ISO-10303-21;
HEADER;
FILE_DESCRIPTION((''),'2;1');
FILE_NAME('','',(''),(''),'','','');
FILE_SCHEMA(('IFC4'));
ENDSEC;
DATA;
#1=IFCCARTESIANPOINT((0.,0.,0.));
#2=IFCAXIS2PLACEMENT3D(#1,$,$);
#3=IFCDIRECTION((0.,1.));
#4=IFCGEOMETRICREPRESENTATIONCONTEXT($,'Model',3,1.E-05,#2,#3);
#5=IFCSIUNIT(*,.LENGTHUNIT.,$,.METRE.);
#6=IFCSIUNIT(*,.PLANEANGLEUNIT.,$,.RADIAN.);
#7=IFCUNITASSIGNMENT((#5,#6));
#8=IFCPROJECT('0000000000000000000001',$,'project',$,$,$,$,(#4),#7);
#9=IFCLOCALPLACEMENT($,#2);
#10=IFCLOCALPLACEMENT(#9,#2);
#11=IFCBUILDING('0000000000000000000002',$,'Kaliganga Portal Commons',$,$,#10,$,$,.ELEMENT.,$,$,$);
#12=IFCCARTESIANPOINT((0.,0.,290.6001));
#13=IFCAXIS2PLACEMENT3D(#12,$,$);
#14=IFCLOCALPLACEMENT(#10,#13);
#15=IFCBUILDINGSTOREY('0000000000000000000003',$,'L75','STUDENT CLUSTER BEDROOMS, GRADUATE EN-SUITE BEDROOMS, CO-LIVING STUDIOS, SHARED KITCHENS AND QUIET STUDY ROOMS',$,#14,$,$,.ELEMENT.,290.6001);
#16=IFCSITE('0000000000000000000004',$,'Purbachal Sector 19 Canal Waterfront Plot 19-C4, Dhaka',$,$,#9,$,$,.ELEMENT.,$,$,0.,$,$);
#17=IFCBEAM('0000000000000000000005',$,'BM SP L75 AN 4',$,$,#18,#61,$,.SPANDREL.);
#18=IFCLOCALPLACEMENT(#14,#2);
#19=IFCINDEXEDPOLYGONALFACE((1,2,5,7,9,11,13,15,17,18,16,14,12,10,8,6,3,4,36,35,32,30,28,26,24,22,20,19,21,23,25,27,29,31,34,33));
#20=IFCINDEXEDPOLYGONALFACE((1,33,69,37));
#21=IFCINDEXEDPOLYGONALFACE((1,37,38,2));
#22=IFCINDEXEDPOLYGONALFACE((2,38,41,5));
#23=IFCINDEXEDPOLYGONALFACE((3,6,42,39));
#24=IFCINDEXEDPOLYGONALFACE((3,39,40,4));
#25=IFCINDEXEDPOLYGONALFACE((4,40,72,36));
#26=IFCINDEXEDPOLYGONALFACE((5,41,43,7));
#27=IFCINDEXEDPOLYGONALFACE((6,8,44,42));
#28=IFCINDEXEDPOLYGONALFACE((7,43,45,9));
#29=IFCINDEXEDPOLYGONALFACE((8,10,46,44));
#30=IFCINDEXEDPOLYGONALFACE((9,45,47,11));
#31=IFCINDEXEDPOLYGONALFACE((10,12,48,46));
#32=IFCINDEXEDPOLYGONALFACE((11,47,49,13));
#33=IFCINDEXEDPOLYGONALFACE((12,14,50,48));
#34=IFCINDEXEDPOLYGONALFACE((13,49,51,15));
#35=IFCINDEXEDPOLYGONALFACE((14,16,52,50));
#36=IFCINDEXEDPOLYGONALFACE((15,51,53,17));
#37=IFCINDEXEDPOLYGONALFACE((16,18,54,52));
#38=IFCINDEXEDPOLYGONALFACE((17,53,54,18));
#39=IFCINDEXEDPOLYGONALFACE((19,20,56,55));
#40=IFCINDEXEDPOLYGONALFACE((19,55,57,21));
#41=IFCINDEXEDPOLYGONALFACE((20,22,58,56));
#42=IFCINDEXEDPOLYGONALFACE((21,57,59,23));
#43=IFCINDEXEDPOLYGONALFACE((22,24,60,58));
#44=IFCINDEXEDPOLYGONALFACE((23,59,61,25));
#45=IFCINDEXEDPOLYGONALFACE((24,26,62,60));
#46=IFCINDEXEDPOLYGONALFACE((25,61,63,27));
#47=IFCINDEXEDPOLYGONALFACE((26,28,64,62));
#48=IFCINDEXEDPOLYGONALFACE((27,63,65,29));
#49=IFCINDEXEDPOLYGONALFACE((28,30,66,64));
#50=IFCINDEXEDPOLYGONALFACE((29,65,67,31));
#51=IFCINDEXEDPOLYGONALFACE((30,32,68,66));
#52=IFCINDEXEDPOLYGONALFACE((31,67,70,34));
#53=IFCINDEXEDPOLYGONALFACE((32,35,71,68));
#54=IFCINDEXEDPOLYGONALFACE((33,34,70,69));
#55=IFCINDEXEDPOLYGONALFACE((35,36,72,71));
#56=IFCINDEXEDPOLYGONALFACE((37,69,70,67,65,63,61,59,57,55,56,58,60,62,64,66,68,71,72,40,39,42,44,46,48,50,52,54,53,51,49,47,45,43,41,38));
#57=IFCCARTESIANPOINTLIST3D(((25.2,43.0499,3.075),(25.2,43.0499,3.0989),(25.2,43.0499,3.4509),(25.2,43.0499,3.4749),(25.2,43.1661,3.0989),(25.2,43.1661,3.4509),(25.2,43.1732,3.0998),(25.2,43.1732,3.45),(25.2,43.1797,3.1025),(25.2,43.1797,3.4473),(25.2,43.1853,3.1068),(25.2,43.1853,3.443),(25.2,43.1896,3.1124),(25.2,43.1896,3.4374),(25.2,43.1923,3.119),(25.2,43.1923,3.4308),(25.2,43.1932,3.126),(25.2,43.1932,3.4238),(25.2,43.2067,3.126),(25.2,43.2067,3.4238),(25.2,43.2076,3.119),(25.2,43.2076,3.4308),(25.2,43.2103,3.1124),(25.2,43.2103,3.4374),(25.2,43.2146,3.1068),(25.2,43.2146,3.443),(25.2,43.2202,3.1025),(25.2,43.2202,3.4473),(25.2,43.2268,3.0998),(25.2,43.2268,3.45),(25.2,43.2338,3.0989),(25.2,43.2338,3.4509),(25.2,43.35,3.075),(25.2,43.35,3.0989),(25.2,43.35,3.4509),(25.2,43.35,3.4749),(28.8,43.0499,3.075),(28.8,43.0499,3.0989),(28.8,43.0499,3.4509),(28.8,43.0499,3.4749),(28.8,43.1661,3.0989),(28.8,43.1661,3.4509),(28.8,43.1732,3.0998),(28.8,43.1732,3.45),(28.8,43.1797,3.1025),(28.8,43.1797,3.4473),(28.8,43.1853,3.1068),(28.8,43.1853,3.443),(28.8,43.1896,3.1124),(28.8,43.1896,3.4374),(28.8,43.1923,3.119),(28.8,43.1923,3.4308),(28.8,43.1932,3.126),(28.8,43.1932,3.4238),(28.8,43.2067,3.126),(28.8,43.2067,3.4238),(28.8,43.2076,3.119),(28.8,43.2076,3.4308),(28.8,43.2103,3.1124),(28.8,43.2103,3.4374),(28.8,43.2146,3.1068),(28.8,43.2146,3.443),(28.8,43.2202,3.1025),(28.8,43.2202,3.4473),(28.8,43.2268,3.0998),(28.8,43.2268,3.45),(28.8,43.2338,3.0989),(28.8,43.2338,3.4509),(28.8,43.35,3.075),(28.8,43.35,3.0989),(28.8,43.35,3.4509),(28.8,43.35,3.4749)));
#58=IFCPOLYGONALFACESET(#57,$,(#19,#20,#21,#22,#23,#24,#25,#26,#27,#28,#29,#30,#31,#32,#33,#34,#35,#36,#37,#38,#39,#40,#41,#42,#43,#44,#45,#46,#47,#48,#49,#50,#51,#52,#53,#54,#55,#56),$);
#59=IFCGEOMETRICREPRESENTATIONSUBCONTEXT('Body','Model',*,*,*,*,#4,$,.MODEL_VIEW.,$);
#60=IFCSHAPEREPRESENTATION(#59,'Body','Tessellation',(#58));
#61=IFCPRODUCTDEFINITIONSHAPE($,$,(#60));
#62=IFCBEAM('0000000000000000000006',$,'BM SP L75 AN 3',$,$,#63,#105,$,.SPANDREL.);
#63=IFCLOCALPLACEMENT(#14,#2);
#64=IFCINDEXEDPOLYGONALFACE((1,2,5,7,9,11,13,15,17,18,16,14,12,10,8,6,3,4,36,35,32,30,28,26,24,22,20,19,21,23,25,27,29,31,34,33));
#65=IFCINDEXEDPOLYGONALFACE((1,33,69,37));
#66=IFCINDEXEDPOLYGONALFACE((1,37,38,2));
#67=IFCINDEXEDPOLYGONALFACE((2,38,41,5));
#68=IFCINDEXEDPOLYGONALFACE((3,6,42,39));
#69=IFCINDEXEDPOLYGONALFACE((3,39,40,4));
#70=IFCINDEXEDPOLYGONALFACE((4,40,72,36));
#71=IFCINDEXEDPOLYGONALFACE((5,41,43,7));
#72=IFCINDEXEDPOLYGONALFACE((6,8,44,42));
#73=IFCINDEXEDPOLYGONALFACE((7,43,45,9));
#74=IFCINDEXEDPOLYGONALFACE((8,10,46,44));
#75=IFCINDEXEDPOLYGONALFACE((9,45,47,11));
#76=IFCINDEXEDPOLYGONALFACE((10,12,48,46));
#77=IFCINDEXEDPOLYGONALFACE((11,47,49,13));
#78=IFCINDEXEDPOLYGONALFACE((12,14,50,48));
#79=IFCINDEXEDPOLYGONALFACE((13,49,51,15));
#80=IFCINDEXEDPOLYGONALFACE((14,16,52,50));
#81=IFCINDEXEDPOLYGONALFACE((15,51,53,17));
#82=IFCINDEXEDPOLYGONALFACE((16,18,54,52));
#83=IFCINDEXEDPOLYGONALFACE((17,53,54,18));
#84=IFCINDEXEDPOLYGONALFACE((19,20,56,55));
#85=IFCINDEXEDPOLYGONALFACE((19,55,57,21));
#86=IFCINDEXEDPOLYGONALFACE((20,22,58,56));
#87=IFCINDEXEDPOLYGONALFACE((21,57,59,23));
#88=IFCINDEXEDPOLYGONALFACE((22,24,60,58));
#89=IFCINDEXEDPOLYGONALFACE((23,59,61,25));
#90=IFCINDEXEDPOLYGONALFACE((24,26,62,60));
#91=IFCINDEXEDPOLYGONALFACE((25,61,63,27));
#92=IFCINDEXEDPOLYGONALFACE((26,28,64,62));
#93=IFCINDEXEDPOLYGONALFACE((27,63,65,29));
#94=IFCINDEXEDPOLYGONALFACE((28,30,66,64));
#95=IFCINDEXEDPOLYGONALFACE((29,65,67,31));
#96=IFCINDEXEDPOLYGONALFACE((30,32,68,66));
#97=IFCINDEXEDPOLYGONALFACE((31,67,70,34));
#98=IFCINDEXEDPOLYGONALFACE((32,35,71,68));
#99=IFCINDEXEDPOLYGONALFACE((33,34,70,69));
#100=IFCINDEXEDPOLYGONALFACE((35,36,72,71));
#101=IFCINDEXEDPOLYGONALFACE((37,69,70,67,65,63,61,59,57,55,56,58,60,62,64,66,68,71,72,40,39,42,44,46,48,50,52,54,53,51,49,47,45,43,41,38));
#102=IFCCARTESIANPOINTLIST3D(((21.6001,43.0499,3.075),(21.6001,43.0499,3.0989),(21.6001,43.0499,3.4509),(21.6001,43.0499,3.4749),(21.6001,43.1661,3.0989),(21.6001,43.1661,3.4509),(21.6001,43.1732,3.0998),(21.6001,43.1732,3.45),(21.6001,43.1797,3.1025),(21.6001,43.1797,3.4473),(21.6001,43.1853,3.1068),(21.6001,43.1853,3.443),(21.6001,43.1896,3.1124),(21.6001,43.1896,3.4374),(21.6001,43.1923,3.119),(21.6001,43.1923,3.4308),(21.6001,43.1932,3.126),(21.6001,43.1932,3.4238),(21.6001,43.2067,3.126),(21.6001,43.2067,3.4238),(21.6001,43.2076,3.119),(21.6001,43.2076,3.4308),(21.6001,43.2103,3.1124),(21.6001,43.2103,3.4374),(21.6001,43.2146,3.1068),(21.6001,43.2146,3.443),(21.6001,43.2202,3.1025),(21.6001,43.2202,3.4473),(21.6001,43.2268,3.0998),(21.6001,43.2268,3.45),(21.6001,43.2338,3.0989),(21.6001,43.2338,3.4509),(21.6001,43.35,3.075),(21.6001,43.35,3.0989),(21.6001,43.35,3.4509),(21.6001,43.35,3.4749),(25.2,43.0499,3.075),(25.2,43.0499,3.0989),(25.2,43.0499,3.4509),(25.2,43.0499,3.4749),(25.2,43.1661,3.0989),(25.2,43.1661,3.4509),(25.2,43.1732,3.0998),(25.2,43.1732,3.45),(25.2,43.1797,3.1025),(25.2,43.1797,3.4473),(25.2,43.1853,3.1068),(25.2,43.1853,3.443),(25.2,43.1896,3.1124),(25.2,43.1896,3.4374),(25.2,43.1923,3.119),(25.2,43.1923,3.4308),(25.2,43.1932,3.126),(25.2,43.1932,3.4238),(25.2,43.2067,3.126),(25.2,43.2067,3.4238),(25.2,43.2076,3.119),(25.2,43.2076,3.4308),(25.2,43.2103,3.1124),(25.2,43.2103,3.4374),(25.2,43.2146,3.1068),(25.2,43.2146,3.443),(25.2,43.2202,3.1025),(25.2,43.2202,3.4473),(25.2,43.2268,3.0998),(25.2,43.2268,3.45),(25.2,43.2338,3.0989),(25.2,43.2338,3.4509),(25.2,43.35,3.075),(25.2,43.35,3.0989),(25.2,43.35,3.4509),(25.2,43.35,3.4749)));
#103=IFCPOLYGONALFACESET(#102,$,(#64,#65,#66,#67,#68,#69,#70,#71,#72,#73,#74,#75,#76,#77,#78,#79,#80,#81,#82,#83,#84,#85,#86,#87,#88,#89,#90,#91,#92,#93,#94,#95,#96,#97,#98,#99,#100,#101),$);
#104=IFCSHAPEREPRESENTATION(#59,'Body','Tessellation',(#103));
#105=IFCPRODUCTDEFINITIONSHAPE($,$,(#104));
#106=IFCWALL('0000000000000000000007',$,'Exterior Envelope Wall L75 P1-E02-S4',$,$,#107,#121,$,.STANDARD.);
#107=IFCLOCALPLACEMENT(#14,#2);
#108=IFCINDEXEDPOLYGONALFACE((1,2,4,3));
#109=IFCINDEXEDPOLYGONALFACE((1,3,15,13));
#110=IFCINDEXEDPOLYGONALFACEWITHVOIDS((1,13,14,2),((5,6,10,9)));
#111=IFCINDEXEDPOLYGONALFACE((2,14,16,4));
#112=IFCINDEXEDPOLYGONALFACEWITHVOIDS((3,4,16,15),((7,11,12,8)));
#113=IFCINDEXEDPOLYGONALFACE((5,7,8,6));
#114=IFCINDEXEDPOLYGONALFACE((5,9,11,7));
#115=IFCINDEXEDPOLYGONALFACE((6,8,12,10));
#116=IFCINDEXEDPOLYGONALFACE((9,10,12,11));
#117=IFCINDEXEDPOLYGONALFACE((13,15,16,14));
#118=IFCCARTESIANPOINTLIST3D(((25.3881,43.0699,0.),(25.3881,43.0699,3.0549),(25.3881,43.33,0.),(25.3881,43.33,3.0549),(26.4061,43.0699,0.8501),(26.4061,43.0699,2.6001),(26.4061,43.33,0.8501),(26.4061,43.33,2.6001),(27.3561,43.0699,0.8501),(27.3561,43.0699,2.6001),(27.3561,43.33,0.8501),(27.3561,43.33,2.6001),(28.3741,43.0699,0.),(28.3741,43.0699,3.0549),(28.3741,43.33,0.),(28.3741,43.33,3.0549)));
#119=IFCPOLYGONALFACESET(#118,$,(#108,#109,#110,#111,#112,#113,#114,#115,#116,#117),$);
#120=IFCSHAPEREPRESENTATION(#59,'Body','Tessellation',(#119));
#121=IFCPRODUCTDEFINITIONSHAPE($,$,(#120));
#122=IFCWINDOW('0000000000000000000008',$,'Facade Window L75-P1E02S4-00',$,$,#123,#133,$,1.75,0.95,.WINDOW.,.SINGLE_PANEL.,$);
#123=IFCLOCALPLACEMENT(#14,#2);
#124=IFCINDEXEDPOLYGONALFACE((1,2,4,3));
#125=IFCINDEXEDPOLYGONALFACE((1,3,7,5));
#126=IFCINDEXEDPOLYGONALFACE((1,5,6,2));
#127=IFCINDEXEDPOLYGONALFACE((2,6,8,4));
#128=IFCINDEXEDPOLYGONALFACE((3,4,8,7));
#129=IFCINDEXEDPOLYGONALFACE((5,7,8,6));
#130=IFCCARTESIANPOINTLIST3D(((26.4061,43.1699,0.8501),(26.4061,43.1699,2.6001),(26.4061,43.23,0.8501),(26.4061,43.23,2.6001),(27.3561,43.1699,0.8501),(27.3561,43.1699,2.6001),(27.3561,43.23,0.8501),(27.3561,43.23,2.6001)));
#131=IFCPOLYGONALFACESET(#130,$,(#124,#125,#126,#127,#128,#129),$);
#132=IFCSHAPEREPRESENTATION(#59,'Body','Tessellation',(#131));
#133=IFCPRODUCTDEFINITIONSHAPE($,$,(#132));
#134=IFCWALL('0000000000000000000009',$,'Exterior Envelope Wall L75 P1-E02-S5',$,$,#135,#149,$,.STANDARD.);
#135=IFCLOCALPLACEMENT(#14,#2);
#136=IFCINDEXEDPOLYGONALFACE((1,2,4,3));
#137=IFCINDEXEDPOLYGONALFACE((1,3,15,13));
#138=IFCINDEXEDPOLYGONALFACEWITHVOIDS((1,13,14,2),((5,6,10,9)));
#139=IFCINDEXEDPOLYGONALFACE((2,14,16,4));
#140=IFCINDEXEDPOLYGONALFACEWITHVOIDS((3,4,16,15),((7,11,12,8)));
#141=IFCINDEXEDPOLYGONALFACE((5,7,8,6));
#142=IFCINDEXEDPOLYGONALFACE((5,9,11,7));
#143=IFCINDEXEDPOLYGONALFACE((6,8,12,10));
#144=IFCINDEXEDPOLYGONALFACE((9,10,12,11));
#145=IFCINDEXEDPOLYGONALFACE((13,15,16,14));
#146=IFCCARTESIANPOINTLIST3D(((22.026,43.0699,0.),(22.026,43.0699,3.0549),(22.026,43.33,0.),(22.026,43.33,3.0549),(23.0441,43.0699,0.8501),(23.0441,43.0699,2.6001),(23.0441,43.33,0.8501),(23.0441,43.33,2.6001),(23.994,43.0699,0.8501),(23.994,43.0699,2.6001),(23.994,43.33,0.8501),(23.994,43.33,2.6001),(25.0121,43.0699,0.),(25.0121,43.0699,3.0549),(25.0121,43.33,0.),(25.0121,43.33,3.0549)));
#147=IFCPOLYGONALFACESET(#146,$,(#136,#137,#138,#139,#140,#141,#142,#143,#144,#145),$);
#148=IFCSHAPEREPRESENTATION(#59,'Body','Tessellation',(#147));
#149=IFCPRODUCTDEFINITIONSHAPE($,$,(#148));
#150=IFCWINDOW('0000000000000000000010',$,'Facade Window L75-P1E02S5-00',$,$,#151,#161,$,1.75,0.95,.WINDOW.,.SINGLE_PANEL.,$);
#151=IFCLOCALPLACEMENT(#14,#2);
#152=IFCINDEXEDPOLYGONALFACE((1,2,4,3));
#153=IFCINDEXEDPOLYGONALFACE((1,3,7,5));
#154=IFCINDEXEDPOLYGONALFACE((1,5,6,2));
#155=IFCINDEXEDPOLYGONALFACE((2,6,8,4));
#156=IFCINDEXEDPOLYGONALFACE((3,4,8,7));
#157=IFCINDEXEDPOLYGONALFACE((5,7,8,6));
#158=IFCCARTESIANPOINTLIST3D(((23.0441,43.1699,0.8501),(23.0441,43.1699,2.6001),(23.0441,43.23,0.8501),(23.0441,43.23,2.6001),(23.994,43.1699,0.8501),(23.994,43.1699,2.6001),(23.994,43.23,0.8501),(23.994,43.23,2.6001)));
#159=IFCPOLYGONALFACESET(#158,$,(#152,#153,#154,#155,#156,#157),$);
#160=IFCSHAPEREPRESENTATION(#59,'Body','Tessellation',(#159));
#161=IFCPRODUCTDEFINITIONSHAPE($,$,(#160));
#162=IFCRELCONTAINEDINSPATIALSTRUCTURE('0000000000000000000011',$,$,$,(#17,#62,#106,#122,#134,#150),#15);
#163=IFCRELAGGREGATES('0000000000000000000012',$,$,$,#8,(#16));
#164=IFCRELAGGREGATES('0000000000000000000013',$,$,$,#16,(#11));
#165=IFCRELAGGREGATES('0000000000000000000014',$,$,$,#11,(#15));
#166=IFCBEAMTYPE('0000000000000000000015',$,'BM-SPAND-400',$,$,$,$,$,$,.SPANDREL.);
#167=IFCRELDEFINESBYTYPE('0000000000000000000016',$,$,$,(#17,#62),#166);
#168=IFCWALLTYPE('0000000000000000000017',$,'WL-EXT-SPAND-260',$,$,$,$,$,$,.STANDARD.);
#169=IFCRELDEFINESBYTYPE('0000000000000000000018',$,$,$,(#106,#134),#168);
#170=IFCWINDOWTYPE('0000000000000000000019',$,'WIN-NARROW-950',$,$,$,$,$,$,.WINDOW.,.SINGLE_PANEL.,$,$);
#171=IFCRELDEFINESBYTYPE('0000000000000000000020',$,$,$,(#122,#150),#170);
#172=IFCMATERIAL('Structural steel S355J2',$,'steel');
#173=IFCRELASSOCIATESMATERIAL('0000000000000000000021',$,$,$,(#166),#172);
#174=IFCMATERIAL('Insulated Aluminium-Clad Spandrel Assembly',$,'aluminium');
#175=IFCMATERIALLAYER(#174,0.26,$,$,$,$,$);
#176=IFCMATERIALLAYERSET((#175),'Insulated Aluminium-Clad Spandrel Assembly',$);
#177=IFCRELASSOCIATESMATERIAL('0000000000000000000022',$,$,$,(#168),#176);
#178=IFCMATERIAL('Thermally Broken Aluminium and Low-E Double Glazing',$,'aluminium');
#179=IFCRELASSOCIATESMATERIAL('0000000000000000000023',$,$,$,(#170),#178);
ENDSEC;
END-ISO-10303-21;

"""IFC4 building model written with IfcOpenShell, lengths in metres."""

from ifc_helpers import new_model, si_unit, direction, frame, frame_2d, origin, origin_2d, place, context, subcontext, project, spatial, rectangle, i_section, extrude, source, transform, mapped, material, layer, layer_set, material_profile, profile_set, type_object, element, fill, save


model = new_model("IFC4")

# Units and contexts
model_context = context("Model", 3, precision=1e-05, world=origin(), true_north=direction((0.0, 1.0)))
body_context = subcontext(model_context, "Body", "Model", "MODEL_VIEW")
ifc_project = project(units=[si_unit("LENGTHUNIT", "METRE"), si_unit("PLANEANGLEUNIT", "RADIAN")], contexts=[model_context])

# Site, building, storey
site_placement = place(None, origin())
site = spatial("IfcSite", under=ifc_project, at=site_placement, Name="Purbachal Sector 19 Canal Waterfront Plot 19-C4, Dhaka", CompositionType="ELEMENT", RefElevation=0.0)
building_placement = place(site_placement, origin())
building = spatial("IfcBuilding", under=site, at=building_placement, Name="Kaliganga Portal Commons", CompositionType="ELEMENT")
storey_placement = place(building_placement, frame((0.0, 0.0, 290.6001)))
storey = spatial("IfcBuildingStorey", under=building, at=storey_placement, Name="L75", Description="STUDENT CLUSTER BEDROOMS, GRADUATE EN-SUITE BEDROOMS, CO-LIVING STUDIOS, SHARED KITCHENS AND QUIET STUDY ROOMS", CompositionType="ELEMENT", Elevation=290.6001)

# Shared definitions
ifc_material_1 = material(Name="Structural steel S355J2", Category="steel")

# Beams
ifc_material_profile_1 = material_profile(ifc_material_1, i_section(OverallWidth=0.3, OverallDepth=0.3999, WebThickness=0.0134, FlangeThickness=0.0239, FilletRadius=0.0271, at=origin_2d()), Name="HE 400 B")
ifc_profile_set_1 = profile_set([ifc_material_profile_1], Name="Structural steel S355J2 wide-flange")
beam_type = type_object("IfcBeamType", Name="BM-SPAND-400", PredefinedType="SPANDREL", material=ifc_profile_set_1)
shared_shape_1 = source(origin(), body_context, "Body", "SweptSolid", [
    extrude(i_section(OverallWidth=0.3, OverallDepth=0.3999, WebThickness=0.0134, FlangeThickness=0.0239, FilletRadius=0.0271, at=origin_2d()), origin(), (0.0, 0.0, 1.0), 3.6001),
])
for number, where, z_axis, x_axis, name in (
    (1, (25.2, 43.2, 3.2749), (1.0, 0.0, 0.0), (0.0, 1.0, 0.0), "BM SP L75 AN 4"),
):
    element("IfcBeam", number, at=place(storey_placement, frame(where, z_axis=z_axis, x_axis=x_axis)), inside=storey, type_object=beam_type, Name=name, PredefinedType="SPANDREL", context=body_context, shape_type="MappedRepresentation", body=[
        mapped(shared_shape_1, transform((0.0, 0.0, 0.0), x_axis=(1.0, 0.0, 0.0), y_axis=(0.0, 1.0, 0.0), z_axis=(0.0, 0.0, 1.0), scale=1.0)),
    ])
shared_shape_2 = source(origin(), body_context, "Body", "SweptSolid", [
    extrude(i_section(OverallWidth=0.3, OverallDepth=0.3999, WebThickness=0.0134, FlangeThickness=0.0239, FilletRadius=0.0271, at=origin_2d()), origin(), (0.0, 0.0, 1.0), 3.5999),
])
beam_placement = place(storey_placement, frame((21.6001, 43.2, 3.2749), z_axis=(1.0, 0.0, 0.0), x_axis=(0.0, 1.0, 0.0)))
element("IfcBeam", 2, at=beam_placement, inside=storey, type_object=beam_type, Name="BM SP L75 AN 3", PredefinedType="SPANDREL", context=body_context, shape_type="MappedRepresentation", body=[
    mapped(shared_shape_2, transform((0.0, 0.0, 0.0), x_axis=(1.0, 0.0, 0.0), y_axis=(0.0, 1.0, 0.0), z_axis=(0.0, 0.0, 1.0), scale=1.0)),
])

# Walls, openings, windows
ifc_material_2 = material(Name="Insulated Aluminium-Clad Spandrel Assembly", Category="aluminium")
ifc_layer_1 = layer(ifc_material_2, 0.26)
ifc_layer_set_1 = layer_set([ifc_layer_1], Name="Insulated Aluminium-Clad Spandrel Assembly")
wall_type_1 = type_object("IfcWallType", Name="WL-EXT-SPAND-260", PredefinedType="STANDARD", material=ifc_layer_set_1)
wall_1_placement = place(storey_placement, frame((25.3879, 43.2, 0.0), z_axis=(0.0, 0.0, 1.0), x_axis=(1.0, 0.0, 0.0)))
wall_1 = element("IfcWall", 3, at=wall_1_placement, inside=storey, type_object=wall_type_1, Name="Exterior Envelope Wall L75 P1-E02-S4", PredefinedType="STANDARD", context=body_context, shape_type="SweptSolid", body=[
    extrude(rectangle(XDim=2.9861, YDim=0.26, at=frame_2d((1.4932, 0.0))), origin(), (0.0, 0.0, 1.0), 3.0549),
])
opening_1_placement = place(wall_1_placement, frame((1.0181, 0.0, 0.8501)))
opening_1 = element("IfcOpeningElement", 4, at=opening_1_placement, cuts=wall_1, PredefinedType="OPENING", context=body_context, shape_type="SweptSolid", body=[
    extrude(rectangle(XDim=0.95, YDim=1.75, at=frame_2d((0.4751, 0.875))), frame((0.0, 0.1401, 0.0), z_axis=(0.0, -1.0, 0.0), x_axis=(1.0, 0.0, 0.0)), (0.0, 0.0, 1.0), 0.28),
])
ifc_material_3 = material(Name="Thermally Broken Aluminium and Low-E Double Glazing", Category="aluminium")
window_type = type_object("IfcWindowType", Name="WIN-NARROW-950", PartitioningType="SINGLE_PANEL", PredefinedType="WINDOW", material=ifc_material_3)
window_1_placement = place(opening_1_placement, origin())
window_1 = element("IfcWindow", 5, at=window_1_placement, inside=storey, type_object=window_type, Name="Facade Window L75-P1E02S4-00", OverallHeight=1.75, OverallWidth=0.95, PartitioningType="SINGLE_PANEL", PredefinedType="WINDOW", context=body_context, shape_type="SweptSolid", body=[
    extrude(rectangle(XDim=0.95, YDim=1.75, at=frame_2d((0.4751, 0.875))), frame((0.0, 0.03, 0.0), z_axis=(0.0, -1.0, 0.0), x_axis=(1.0, 0.0, 0.0)), (0.0, 0.0, 1.0), 0.0601),
])
fill(opening_1, window_1)
wall_2_placement = place(storey_placement, frame((22.0259, 43.2, 0.0), z_axis=(0.0, 0.0, 1.0), x_axis=(1.0, 0.0, 0.0)))
wall_2 = element("IfcWall", 6, at=wall_2_placement, inside=storey, type_object=wall_type_1, Name="Exterior Envelope Wall L75 P1-E02-S5", PredefinedType="STANDARD", context=body_context, shape_type="SweptSolid", body=[
    extrude(rectangle(XDim=2.9861, YDim=0.26, at=frame_2d((1.4932, 0.0))), origin(), (0.0, 0.0, 1.0), 3.0549),
])
opening_2_placement = place(wall_2_placement, frame((1.0181, 0.0, 0.8501)))
opening_2 = element("IfcOpeningElement", 7, at=opening_2_placement, cuts=wall_2, PredefinedType="OPENING", context=body_context, shape_type="SweptSolid", body=[
    extrude(rectangle(XDim=0.95, YDim=1.75, at=frame_2d((0.4751, 0.875))), frame((0.0, 0.1401, 0.0), z_axis=(0.0, -1.0, 0.0), x_axis=(1.0, 0.0, 0.0)), (0.0, 0.0, 1.0), 0.28),
])
window_2_placement = place(opening_2_placement, origin())
window_2 = element("IfcWindow", 8, at=window_2_placement, inside=storey, type_object=window_type, Name="Facade Window L75-P1E02S5-00", OverallHeight=1.75, OverallWidth=0.95, PartitioningType="SINGLE_PANEL", PredefinedType="WINDOW", context=body_context, shape_type="SweptSolid", body=[
    extrude(rectangle(XDim=0.95, YDim=1.75, at=frame_2d((0.4751, 0.875))), frame((0.0, 0.03, 0.0), z_axis=(0.0, -1.0, 0.0), x_axis=(1.0, 0.0, 0.0)), (0.0, 0.0, 1.0), 0.0601),
])
fill(opening_2, window_2)

save(model, "model.ifc")
